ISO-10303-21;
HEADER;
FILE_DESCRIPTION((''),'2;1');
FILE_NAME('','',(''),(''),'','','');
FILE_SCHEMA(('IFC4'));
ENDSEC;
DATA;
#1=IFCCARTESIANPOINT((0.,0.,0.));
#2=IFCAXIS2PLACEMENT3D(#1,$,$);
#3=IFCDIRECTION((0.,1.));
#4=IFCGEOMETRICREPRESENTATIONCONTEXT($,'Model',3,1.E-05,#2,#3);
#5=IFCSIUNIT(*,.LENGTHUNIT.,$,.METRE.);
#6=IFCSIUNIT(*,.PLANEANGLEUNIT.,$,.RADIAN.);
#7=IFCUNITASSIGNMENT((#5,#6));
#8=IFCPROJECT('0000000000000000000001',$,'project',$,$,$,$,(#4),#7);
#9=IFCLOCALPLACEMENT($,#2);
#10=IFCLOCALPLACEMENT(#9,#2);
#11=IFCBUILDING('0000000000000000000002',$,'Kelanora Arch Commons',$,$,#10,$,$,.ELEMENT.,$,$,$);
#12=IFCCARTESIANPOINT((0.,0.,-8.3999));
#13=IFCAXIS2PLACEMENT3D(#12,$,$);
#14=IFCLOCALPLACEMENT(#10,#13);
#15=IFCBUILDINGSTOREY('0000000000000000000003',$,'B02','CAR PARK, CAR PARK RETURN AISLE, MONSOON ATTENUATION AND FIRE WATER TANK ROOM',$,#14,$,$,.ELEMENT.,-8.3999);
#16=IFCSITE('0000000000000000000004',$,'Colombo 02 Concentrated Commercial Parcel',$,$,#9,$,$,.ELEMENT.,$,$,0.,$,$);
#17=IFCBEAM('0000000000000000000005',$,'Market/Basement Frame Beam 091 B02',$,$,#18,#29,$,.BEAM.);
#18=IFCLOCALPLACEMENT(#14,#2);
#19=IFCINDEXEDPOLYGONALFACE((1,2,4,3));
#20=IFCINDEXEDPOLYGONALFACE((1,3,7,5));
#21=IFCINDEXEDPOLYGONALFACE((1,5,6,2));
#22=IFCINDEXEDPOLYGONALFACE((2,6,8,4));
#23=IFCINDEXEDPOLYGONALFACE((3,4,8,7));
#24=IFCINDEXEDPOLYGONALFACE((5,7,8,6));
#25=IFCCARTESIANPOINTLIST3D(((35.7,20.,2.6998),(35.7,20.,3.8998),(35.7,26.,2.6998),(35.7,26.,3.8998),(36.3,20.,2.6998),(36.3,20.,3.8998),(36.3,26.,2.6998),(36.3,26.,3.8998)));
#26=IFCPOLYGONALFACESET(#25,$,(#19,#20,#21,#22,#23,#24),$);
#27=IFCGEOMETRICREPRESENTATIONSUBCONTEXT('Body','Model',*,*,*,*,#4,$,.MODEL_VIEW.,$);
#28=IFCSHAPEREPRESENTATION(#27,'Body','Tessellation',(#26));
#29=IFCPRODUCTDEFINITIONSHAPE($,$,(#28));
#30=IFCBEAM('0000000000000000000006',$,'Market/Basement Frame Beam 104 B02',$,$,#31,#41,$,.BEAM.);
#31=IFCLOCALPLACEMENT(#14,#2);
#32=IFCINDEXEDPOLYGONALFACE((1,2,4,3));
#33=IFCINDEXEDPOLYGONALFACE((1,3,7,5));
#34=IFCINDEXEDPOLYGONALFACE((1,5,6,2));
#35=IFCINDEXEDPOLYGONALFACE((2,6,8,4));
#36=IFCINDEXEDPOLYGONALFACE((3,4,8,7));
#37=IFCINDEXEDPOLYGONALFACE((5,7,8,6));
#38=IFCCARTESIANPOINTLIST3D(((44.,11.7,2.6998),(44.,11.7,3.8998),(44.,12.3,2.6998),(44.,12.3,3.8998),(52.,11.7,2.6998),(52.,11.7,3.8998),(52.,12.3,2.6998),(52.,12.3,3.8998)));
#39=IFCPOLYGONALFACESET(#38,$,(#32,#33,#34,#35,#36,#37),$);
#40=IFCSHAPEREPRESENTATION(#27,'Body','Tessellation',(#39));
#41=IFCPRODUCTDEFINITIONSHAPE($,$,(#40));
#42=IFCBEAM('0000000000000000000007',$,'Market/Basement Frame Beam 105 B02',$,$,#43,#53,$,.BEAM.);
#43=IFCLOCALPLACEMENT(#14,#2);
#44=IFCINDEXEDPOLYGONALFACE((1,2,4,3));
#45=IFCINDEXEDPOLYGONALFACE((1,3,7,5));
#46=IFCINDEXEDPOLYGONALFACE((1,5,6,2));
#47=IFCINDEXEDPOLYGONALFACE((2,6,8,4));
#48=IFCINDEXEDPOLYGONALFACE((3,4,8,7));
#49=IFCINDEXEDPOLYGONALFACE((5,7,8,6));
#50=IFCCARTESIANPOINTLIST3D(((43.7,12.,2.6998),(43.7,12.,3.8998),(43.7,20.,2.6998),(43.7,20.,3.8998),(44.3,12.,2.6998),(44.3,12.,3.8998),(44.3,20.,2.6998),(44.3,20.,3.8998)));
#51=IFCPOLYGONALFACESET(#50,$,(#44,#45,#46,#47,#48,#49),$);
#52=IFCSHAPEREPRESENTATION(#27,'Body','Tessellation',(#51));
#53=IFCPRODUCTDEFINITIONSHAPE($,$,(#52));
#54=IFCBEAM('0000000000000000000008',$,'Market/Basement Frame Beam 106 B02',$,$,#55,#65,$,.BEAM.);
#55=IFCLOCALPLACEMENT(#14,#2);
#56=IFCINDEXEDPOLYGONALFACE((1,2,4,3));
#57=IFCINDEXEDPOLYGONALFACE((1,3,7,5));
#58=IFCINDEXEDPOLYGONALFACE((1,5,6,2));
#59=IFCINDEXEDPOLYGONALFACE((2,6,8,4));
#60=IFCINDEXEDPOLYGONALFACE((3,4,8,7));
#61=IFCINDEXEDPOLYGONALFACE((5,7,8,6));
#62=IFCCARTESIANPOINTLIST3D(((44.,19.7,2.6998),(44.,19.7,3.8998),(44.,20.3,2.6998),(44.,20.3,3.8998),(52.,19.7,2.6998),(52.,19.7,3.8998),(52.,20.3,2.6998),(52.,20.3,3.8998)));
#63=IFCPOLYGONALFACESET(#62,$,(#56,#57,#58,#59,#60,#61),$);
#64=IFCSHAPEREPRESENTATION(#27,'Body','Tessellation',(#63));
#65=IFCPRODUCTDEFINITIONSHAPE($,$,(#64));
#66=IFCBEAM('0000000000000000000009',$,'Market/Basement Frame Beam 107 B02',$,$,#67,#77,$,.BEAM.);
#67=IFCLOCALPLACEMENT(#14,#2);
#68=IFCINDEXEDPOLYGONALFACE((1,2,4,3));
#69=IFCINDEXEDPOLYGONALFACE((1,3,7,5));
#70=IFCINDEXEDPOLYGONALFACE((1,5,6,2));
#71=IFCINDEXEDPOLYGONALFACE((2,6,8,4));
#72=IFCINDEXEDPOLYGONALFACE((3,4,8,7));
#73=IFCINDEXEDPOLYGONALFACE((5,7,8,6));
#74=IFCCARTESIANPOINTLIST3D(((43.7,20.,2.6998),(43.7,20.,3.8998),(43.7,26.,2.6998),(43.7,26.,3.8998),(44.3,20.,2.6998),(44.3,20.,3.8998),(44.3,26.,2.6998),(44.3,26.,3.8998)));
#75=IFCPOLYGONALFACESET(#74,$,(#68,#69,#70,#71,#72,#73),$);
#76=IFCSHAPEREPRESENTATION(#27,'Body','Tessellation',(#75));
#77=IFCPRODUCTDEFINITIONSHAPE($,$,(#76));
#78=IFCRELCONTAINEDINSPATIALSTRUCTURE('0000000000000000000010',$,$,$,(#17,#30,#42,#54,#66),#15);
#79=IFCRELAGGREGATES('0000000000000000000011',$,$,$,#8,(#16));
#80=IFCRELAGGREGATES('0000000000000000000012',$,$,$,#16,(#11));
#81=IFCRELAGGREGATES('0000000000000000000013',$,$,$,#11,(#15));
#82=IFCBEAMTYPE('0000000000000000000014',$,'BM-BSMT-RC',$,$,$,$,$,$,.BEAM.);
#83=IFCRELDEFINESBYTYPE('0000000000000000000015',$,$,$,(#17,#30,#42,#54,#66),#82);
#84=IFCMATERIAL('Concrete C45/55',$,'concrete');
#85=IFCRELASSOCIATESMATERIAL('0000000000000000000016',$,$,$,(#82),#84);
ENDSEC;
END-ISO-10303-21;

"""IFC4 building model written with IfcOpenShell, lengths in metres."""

from ifc_helpers import new_model, si_unit, direction, frame, origin, origin_2d, place, context, subcontext, project, spatial, rectangle, extrude, material, material_profile, profile_set, type_object, element, save


model = new_model("IFC4")

# Units and contexts
model_context = context("Model", 3, precision=1e-05, world=origin(), true_north=direction((0.0, 1.0)))
body_context = subcontext(model_context, "Body", "Model", "MODEL_VIEW")
ifc_project = project(units=[si_unit("LENGTHUNIT", "METRE"), si_unit("PLANEANGLEUNIT", "RADIAN")], contexts=[model_context])

# Site, building, storey
site_placement = place(None, origin())
site = spatial("IfcSite", under=ifc_project, at=site_placement, Name="Colombo 02 Concentrated Commercial Parcel", CompositionType="ELEMENT", RefElevation=0.0)
building_placement = place(site_placement, origin())
building = spatial("IfcBuilding", under=site, at=building_placement, Name="Kelanora Arch Commons", CompositionType="ELEMENT")
storey_placement = place(building_placement, frame((0.0, 0.0, -8.3999)))
storey = spatial("IfcBuildingStorey", under=building, at=storey_placement, Name="B02", Description="CAR PARK, CAR PARK RETURN AISLE, MONSOON ATTENUATION AND FIRE WATER TANK ROOM", CompositionType="ELEMENT", Elevation=-8.3999)

# Shared definitions
ifc_material_1 = material(Name="Concrete C45/55", Category="concrete")

# Beams
ifc_material_profile_1 = material_profile(ifc_material_1, rectangle(XDim=0.6001, YDim=1.2, at=origin_2d()), Name="RCB600x1200")
ifc_profile_set_1 = profile_set([ifc_material_profile_1], Name="Concrete C45/55")
beam_type = type_object("IfcBeamType", Name="BM-BSMT-RC", PredefinedType="BEAM", material=ifc_profile_set_1)
beam_1_placement = place(storey_placement, frame((36.0, 20.0, 3.2998), z_axis=(0.0, 1.0, 0.0), x_axis=(-1.0, 0.0, 0.0)))
element("IfcBeam", 1, at=beam_1_placement, inside=storey, type_object=beam_type, Name="Market/Basement Frame Beam 091 B02", PredefinedType="BEAM", context=body_context, shape_type="SweptSolid", body=[
    extrude(rectangle(XDim=0.6001, YDim=1.2, at=origin_2d()), origin(), (0.0, 0.0, 1.0), 6.0),
])
for number, where, z_axis, x_axis, name in (
    (2, (44.0, 12.0, 3.2998), (1.0, 0.0, 0.0), (0.0, 1.0, 0.0), "Market/Basement Frame Beam 104 B02"),
    (3, (44.0, 12.0, 3.2998), (0.0, 1.0, 0.0), (-1.0, 0.0, 0.0), "Market/Basement Frame Beam 105 B02"),
    (4, (44.0, 20.0, 3.2998), (1.0, 0.0, 0.0), (0.0, 1.0, 0.0), "Market/Basement Frame Beam 106 B02"),
):
    element("IfcBeam", number, at=place(storey_placement, frame(where, z_axis=z_axis, x_axis=x_axis)), inside=storey, type_object=beam_type, Name=name, PredefinedType="BEAM", context=body_context, shape_type="SweptSolid", body=[
        extrude(rectangle(XDim=0.6001, YDim=1.2, at=origin_2d()), origin(), (0.0, 0.0, 1.0), 8.0),
    ])
beam_2_placement = place(storey_placement, frame((44.0, 20.0, 3.2998), z_axis=(0.0, 1.0, 0.0), x_axis=(-1.0, 0.0, 0.0)))
element("IfcBeam", 5, at=beam_2_placement, inside=storey, type_object=beam_type, Name="Market/Basement Frame Beam 107 B02", PredefinedType="BEAM", context=body_context, shape_type="SweptSolid", body=[
    extrude(rectangle(XDim=0.6001, YDim=1.2, at=origin_2d()), origin(), (0.0, 0.0, 1.0), 6.0),
])

save(model, "model.ifc")
